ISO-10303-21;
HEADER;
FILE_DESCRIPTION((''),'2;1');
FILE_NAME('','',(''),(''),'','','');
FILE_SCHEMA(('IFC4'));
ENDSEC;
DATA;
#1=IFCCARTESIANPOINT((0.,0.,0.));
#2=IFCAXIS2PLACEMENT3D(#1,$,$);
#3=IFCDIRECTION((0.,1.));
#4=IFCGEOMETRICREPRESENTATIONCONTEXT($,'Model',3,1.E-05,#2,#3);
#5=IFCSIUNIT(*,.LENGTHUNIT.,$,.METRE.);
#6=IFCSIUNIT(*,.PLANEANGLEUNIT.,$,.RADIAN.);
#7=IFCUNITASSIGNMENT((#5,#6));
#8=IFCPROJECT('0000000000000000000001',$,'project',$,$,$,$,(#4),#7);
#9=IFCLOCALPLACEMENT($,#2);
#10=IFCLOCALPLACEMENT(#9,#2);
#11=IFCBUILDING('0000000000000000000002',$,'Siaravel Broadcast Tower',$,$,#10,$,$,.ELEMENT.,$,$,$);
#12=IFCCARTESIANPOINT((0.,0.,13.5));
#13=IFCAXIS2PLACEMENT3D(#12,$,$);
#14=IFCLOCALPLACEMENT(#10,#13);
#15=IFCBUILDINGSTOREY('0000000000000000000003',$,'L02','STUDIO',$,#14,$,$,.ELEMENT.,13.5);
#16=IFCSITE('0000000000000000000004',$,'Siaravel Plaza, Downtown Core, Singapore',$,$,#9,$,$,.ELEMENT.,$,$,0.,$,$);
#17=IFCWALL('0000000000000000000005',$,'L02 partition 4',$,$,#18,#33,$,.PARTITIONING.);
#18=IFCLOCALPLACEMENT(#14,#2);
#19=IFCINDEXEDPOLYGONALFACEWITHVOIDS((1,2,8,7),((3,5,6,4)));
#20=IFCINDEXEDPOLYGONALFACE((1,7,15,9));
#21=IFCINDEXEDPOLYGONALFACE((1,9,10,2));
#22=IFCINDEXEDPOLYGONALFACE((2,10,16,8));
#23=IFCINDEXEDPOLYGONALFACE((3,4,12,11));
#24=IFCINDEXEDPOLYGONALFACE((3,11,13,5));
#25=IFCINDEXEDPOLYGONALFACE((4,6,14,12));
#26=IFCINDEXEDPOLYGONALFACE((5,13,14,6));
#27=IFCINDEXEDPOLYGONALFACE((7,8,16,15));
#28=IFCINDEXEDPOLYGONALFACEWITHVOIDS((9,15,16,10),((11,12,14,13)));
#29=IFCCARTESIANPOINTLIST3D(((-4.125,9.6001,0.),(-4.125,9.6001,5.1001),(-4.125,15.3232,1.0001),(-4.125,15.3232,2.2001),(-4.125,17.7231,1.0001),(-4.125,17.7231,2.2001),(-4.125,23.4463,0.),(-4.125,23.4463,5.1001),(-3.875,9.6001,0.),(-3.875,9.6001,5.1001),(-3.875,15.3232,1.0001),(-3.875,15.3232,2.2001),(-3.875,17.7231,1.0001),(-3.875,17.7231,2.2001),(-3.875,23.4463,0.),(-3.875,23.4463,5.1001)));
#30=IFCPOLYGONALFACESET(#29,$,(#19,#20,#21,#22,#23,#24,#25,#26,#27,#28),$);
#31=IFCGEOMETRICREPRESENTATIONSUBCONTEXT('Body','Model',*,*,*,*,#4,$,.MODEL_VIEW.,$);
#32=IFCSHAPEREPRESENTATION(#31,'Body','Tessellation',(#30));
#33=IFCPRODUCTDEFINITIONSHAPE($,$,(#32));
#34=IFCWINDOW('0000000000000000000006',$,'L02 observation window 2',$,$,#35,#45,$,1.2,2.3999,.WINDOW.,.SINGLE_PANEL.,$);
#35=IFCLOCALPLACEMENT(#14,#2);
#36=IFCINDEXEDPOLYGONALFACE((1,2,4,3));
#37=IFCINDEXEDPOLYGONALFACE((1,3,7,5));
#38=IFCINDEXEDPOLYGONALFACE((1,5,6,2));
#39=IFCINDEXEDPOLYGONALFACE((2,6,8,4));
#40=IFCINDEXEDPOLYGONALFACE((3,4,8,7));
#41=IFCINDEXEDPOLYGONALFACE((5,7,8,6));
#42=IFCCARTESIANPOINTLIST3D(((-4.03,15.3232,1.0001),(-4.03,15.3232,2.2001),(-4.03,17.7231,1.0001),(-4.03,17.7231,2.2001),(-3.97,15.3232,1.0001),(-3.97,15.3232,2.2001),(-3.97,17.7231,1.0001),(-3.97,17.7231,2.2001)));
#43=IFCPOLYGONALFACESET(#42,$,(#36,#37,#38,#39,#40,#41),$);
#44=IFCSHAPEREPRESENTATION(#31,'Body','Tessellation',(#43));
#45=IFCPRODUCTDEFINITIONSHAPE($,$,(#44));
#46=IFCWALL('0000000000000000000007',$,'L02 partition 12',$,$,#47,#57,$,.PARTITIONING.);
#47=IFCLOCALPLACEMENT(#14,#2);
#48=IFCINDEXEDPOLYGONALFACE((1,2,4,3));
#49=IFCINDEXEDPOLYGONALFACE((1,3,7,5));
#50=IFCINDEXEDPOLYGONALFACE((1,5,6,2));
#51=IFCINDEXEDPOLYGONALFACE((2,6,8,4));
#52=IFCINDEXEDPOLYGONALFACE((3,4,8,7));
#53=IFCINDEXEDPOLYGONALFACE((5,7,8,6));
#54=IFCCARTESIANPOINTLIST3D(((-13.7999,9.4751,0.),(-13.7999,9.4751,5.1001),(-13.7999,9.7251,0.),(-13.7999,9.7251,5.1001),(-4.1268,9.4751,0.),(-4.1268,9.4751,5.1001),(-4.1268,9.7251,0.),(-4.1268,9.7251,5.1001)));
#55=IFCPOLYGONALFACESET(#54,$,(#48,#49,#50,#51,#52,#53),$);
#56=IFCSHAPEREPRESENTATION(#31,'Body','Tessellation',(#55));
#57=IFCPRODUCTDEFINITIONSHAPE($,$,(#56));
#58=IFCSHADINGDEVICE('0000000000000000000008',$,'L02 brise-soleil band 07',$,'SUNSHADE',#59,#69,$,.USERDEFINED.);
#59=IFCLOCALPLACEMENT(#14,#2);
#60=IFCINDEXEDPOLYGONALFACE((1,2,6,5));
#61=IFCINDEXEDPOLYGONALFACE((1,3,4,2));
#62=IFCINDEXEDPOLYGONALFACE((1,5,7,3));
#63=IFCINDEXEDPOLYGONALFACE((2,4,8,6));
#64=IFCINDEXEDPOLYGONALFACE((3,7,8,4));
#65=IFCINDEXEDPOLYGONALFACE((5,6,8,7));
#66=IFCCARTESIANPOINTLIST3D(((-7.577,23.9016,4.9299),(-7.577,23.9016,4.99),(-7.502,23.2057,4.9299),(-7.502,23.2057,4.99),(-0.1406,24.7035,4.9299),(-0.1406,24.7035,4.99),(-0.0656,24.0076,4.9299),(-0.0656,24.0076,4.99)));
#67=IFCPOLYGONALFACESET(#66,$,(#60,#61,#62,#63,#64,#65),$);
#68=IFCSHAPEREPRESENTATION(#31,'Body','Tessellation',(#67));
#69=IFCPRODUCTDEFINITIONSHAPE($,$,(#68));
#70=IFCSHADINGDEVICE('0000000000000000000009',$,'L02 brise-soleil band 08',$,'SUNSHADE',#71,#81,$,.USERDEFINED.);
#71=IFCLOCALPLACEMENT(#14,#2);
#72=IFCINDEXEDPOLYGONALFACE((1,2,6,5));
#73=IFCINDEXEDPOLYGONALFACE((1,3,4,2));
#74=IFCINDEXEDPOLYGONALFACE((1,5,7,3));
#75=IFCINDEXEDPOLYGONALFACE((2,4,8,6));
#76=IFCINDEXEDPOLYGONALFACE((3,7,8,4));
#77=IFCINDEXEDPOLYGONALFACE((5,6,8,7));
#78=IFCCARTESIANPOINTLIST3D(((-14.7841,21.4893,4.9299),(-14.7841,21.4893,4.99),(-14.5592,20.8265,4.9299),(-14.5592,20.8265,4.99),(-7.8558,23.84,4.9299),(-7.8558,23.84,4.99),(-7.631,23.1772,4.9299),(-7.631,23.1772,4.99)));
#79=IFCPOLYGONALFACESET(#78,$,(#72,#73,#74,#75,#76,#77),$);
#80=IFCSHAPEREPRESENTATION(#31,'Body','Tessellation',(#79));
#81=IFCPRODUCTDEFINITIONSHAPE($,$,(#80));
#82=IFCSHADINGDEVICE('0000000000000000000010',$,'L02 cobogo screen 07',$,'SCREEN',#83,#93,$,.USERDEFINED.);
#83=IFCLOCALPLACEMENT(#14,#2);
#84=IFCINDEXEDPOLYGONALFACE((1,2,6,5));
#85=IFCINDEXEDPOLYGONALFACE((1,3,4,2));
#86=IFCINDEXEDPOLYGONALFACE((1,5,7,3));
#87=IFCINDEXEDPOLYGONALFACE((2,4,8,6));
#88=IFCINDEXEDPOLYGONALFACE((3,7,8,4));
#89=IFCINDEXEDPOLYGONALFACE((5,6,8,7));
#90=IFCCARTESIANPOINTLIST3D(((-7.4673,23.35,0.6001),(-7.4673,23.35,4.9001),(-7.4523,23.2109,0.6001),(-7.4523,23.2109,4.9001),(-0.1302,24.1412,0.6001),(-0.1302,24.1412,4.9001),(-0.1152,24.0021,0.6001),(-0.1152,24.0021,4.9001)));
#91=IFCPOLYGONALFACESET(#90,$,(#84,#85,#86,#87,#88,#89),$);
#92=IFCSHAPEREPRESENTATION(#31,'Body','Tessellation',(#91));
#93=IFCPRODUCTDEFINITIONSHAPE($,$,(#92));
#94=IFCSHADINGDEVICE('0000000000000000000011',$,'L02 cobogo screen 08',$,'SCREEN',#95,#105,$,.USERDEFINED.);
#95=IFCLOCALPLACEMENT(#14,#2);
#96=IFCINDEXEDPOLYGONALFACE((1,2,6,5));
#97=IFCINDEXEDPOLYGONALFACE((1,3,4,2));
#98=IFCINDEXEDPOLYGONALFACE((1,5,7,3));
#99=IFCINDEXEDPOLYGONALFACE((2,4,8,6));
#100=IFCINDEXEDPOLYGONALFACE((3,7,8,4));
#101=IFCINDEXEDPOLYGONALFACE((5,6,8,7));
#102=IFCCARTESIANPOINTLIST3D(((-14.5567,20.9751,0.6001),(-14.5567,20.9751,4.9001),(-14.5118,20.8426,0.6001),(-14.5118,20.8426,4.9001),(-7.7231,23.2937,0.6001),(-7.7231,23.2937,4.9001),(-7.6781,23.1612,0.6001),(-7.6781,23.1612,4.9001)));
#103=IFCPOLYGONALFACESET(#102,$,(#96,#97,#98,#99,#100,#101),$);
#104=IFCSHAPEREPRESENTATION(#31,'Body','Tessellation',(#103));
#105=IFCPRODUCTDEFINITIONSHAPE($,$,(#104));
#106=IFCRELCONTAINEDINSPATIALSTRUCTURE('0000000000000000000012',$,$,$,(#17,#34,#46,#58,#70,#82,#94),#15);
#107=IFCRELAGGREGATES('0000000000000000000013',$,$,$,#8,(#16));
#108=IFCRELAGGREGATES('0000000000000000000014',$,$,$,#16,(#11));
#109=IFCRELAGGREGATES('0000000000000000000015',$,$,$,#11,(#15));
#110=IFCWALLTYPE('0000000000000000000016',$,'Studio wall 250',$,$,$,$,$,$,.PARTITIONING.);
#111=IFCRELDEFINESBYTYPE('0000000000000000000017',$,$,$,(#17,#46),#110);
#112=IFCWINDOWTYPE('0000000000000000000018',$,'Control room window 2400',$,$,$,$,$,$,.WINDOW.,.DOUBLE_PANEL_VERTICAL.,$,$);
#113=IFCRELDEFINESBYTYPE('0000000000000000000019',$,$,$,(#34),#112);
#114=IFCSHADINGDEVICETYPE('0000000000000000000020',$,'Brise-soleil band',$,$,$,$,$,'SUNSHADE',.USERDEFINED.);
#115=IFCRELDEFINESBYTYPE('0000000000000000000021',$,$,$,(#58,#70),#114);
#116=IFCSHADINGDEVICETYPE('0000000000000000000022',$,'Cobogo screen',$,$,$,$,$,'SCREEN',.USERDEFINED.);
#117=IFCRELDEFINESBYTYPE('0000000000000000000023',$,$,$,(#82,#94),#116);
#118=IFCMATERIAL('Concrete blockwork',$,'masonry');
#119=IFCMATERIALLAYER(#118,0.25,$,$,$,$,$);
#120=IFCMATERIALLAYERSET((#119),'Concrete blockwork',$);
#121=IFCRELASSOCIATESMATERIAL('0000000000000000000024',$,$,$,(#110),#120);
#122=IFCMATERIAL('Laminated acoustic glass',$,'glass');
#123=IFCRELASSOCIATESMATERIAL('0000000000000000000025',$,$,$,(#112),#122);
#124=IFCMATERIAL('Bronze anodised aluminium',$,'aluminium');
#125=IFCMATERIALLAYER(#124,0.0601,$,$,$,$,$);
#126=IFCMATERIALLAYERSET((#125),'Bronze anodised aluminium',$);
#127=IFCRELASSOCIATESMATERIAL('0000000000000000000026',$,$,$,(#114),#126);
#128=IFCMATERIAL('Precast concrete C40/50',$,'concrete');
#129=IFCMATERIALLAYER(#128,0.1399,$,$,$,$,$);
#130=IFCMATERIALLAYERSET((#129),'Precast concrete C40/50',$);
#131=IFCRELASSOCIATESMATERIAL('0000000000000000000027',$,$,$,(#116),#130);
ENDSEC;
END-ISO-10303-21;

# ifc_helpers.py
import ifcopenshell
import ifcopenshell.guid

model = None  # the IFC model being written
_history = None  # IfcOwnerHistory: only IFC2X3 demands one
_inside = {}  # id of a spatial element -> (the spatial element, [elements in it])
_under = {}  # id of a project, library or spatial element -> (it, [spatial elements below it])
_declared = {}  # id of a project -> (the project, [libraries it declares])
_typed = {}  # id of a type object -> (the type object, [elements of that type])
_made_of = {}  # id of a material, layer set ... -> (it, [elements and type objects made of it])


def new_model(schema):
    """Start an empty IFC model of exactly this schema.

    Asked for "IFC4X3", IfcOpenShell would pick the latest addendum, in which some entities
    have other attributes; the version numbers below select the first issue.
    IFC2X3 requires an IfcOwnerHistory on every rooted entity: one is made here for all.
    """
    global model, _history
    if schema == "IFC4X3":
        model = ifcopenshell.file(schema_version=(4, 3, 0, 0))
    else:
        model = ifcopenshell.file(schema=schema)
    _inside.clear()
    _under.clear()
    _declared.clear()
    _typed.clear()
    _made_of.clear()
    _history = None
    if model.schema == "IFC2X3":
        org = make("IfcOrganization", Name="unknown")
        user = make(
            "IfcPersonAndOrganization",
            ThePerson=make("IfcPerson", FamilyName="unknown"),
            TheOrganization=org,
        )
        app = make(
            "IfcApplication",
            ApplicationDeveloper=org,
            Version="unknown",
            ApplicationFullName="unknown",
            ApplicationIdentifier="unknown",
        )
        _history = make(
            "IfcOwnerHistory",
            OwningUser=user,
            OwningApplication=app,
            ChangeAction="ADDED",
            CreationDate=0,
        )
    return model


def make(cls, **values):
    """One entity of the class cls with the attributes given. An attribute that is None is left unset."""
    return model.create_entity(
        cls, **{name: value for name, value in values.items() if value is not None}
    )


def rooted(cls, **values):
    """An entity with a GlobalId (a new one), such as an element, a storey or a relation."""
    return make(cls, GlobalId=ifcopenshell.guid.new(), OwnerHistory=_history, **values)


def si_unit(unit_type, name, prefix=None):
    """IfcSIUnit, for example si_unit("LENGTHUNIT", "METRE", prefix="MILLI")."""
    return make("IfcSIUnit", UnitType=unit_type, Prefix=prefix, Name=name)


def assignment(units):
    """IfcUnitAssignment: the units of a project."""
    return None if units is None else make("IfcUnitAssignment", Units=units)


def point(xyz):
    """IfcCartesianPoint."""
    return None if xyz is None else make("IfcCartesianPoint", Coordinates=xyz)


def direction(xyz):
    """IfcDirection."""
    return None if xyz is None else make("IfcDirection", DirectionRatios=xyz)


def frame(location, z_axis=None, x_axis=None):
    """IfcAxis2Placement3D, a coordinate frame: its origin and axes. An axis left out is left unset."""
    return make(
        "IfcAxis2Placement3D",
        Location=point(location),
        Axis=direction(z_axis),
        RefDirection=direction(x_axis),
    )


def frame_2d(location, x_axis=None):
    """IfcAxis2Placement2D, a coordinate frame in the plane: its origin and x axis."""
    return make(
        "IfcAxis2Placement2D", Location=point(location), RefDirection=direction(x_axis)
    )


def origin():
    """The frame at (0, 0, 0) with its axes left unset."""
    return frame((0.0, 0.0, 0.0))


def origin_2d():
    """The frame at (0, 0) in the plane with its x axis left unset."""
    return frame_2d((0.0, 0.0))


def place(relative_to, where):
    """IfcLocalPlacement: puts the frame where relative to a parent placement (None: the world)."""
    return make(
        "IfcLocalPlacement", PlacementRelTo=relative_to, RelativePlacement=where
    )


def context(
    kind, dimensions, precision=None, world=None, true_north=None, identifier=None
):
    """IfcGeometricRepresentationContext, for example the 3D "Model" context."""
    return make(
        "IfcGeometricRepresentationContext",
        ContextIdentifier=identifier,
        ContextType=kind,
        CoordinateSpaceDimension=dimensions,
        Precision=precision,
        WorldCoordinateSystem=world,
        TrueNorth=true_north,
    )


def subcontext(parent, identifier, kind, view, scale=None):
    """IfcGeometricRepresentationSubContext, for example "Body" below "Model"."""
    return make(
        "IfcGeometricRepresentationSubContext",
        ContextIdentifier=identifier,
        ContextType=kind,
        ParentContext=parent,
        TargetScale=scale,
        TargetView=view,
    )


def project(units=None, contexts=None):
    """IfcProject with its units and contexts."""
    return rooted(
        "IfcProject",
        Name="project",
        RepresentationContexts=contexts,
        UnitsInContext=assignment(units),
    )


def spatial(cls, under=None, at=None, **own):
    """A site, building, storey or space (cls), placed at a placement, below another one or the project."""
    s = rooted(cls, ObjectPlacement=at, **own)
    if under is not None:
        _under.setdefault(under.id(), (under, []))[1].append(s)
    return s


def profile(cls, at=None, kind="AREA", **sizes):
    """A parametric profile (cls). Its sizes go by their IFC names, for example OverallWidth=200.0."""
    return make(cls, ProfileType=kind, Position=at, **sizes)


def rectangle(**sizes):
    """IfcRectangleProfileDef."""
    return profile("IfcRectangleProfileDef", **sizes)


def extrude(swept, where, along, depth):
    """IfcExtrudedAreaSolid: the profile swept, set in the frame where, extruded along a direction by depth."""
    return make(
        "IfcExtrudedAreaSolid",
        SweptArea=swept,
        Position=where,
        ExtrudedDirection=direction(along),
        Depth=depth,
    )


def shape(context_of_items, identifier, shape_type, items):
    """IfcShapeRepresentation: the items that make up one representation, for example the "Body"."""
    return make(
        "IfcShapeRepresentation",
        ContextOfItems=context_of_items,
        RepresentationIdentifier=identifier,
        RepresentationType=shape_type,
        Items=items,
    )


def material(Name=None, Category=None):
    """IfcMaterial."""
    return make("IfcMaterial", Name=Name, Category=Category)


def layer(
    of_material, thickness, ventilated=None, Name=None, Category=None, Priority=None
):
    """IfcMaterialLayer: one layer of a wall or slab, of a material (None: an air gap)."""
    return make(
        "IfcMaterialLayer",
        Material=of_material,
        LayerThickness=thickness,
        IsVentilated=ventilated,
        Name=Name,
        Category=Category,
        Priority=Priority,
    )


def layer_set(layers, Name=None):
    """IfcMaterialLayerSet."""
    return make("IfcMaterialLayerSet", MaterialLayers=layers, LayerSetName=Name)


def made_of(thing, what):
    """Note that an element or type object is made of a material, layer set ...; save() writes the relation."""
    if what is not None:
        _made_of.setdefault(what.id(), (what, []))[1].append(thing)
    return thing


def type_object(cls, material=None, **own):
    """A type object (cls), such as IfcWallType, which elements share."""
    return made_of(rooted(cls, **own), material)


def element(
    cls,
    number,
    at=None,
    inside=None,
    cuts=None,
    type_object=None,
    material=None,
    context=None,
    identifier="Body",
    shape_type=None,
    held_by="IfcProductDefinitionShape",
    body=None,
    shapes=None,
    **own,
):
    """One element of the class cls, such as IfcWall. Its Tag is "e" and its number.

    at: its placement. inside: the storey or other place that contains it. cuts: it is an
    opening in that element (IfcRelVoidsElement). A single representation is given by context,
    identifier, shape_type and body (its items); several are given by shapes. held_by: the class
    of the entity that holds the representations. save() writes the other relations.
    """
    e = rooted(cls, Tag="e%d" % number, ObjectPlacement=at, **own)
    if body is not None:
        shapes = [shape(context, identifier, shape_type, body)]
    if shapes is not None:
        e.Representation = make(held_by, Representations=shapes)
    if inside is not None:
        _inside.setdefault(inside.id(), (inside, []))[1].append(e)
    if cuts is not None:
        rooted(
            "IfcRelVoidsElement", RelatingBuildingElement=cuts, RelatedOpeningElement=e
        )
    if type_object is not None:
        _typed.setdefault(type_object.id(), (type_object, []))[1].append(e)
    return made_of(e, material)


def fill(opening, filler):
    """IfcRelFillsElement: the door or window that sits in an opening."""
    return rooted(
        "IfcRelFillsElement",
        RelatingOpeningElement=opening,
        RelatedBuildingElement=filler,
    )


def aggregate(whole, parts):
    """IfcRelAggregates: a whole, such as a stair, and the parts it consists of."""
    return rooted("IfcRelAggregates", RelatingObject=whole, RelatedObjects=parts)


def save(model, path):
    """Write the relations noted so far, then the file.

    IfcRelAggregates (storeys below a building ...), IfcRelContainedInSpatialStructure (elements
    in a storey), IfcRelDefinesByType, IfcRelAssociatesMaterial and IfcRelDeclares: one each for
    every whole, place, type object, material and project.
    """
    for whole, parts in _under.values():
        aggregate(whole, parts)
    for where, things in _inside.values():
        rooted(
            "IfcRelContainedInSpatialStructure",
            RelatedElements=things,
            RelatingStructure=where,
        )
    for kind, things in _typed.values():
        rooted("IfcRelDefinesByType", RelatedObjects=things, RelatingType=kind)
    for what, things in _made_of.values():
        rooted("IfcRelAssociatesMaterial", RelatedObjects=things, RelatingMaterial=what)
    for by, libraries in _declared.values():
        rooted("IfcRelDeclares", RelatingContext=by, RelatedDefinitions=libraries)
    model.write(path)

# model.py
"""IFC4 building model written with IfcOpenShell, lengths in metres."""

from ifc_helpers import new_model, si_unit, direction, frame, frame_2d, origin, origin_2d, place, context, subcontext, project, spatial, rectangle, extrude, material, layer, layer_set, type_object, element, fill, save


model = new_model("IFC4")

# Units and contexts
model_context = context("Model", 3, precision=1e-05, world=origin(), true_north=direction((0.0, 1.0)))
body_context = subcontext(model_context, "Body", "Model", "MODEL_VIEW")
ifc_project = project(units=[si_unit("LENGTHUNIT", "METRE"), si_unit("PLANEANGLEUNIT", "RADIAN")], contexts=[model_context])

# Site, building, storey
site_placement = place(None, origin())
site = spatial("IfcSite", under=ifc_project, at=site_placement, Name="Siaravel Plaza, Downtown Core, Singapore", CompositionType="ELEMENT", RefElevation=0.0)
building_placement = place(site_placement, origin())
building = spatial("IfcBuilding", under=site, at=building_placement, Name="Siaravel Broadcast Tower", CompositionType="ELEMENT")
storey_placement = place(building_placement, frame((0.0, 0.0, 13.5)))
storey = spatial("IfcBuildingStorey", under=building, at=storey_placement, Name="L02", Description="STUDIO", CompositionType="ELEMENT", Elevation=13.5)

# Wall, opening, window
ifc_material_1 = material(Name="Concrete blockwork", Category="masonry")
ifc_layer_1 = layer(ifc_material_1, 0.25)
ifc_layer_set_1 = layer_set([ifc_layer_1], Name="Concrete blockwork")
wall_type_1 = type_object("IfcWallType", Name="Studio wall 250", PredefinedType="PARTITIONING", material=ifc_layer_set_1)
wall_1_placement = place(storey_placement, frame((-4.0, 9.6001, 0.0), z_axis=(0.0, 0.0, 1.0), x_axis=(0.0, 1.0, 0.0)))
wall_1 = element("IfcWall", 1, at=wall_1_placement, inside=storey, type_object=wall_type_1, Name="L02 partition 4", PredefinedType="PARTITIONING", context=body_context, shape_type="SweptSolid", body=[
    extrude(rectangle(XDim=13.8462, YDim=0.25, at=frame_2d((6.9231, 0.0))), origin(), (0.0, 0.0, 1.0), 5.1001),
])
opening_1_placement = place(wall_1_placement, frame((5.7231, 0.0, 1.0)))
opening_1 = element("IfcOpeningElement", 2, at=opening_1_placement, cuts=wall_1, PredefinedType="OPENING", context=body_context, shape_type="SweptSolid", body=[
    extrude(rectangle(XDim=2.3999, YDim=1.2, at=frame_2d((1.2, 0.6001))), frame((0.0, 0.135, 0.0), z_axis=(0.0, -1.0, 0.0), x_axis=(1.0, 0.0, 0.0)), (0.0, 0.0, 1.0), 0.27),
])
ifc_material_2 = material(Name="Laminated acoustic glass", Category="glass")
window_type = type_object("IfcWindowType", Name="Control room window 2400", PartitioningType="DOUBLE_PANEL_VERTICAL", PredefinedType="WINDOW", material=ifc_material_2)
window_placement = place(opening_1_placement, origin())
window = element("IfcWindow", 3, at=window_placement, inside=storey, type_object=window_type, Name="L02 observation window 2", OverallHeight=1.2, OverallWidth=2.3999, PartitioningType="SINGLE_PANEL", PredefinedType="WINDOW", context=body_context, shape_type="SweptSolid", body=[
    extrude(rectangle(XDim=2.3999, YDim=1.2, at=frame_2d((1.2, 0.6001))), frame((0.0, 0.03, 0.0), z_axis=(0.0, -1.0, 0.0), x_axis=(1.0, 0.0, 0.0)), (0.0, 0.0, 1.0), 0.0601),
])
fill(opening_1, window)

# Wall
wall_2_placement = place(storey_placement, frame((-4.127, 9.6001, 0.0), z_axis=(0.0, 0.0, 1.0), x_axis=(-1.0, 0.0, 0.0)))
element("IfcWall", 4, at=wall_2_placement, inside=storey, type_object=wall_type_1, Name="L02 partition 12", PredefinedType="PARTITIONING", context=body_context, shape_type="SweptSolid", body=[
    extrude(rectangle(XDim=9.6731, YDim=0.25, at=frame_2d((4.8364, 0.0))), origin(), (0.0, 0.0, 1.0), 5.1001),
])

# Shading devices
ifc_material_3 = material(Name="Bronze anodised aluminium", Category="aluminium")
ifc_layer_2 = layer(ifc_material_3, 0.0601)
ifc_layer_set_2 = layer_set([ifc_layer_2], Name="Bronze anodised aluminium")
shading_device_type_1 = type_object("IfcShadingDeviceType", Name="Brise-soleil band", ElementType="SUNSHADE", PredefinedType="USERDEFINED", material=ifc_layer_set_2)
shading_device_1_placement = place(storey_placement, frame((-3.8213, 23.9546, 4.9299), z_axis=(0.0, 0.0, 1.0), x_axis=(-0.994236, -0.107217, 0.0)))
element("IfcShadingDevice", 5, at=shading_device_1_placement, inside=storey, type_object=shading_device_type_1, Name="L02 brise-soleil band 07", ObjectType="SUNSHADE", PredefinedType="USERDEFINED", context=body_context, shape_type="SweptSolid", body=[
    extrude(rectangle(XDim=7.4795, YDim=0.7, at=origin_2d()), origin(), (0.0, 0.0, 1.0), 0.0601),
])
shading_device_2_placement = place(storey_placement, frame((-11.2075, 22.3333, 4.9299), z_axis=(0.0, 0.0, 1.0), x_axis=(-0.946977, -0.321301, 0.0)))
element("IfcShadingDevice", 6, at=shading_device_2_placement, inside=storey, type_object=shading_device_type_1, Name="L02 brise-soleil band 08", ObjectType="SUNSHADE", PredefinedType="USERDEFINED", context=body_context, shape_type="SweptSolid", body=[
    extrude(rectangle(XDim=7.3162, YDim=0.7, at=origin_2d()), origin(), (0.0, 0.0, 1.0), 0.0601),
])
ifc_material_4 = material(Name="Precast concrete C40/50", Category="concrete")
ifc_layer_3 = layer(ifc_material_4, 0.1399)
ifc_layer_set_3 = layer_set([ifc_layer_3], Name="Precast concrete C40/50")
shading_device_type_2 = type_object("IfcShadingDeviceType", Name="Cobogo screen", ElementType="SCREEN", PredefinedType="USERDEFINED", material=ifc_layer_set_3)
shading_device_3_placement = place(storey_placement, frame((-3.7913, 23.676, 0.6001), z_axis=(0.0, 0.0, 1.0), x_axis=(-0.994236, -0.107217, 0.0)))
element("IfcShadingDevice", 7, at=shading_device_3_placement, inside=storey, type_object=shading_device_type_2, Name="L02 cobogo screen 07", ObjectType="SCREEN", PredefinedType="USERDEFINED", context=body_context, shape_type="SweptSolid", body=[
    extrude(rectangle(XDim=7.3796, YDim=0.1399, at=origin_2d()), origin(), (0.0, 0.0, 1.0), 4.3),
])
shading_device_4_placement = place(storey_placement, frame((-11.1174, 22.0681, 0.6001), z_axis=(0.0, 0.0, 1.0), x_axis=(-0.946977, -0.321301, 0.0)))
element("IfcShadingDevice", 8, at=shading_device_4_placement, inside=storey, type_object=shading_device_type_2, Name="L02 cobogo screen 08", ObjectType="SCREEN", PredefinedType="USERDEFINED", context=body_context, shape_type="SweptSolid", body=[
    extrude(rectangle(XDim=7.2163, YDim=0.1399, at=origin_2d()), origin(), (0.0, 0.0, 1.0), 4.3),
])

save(model, "model.ifc")
